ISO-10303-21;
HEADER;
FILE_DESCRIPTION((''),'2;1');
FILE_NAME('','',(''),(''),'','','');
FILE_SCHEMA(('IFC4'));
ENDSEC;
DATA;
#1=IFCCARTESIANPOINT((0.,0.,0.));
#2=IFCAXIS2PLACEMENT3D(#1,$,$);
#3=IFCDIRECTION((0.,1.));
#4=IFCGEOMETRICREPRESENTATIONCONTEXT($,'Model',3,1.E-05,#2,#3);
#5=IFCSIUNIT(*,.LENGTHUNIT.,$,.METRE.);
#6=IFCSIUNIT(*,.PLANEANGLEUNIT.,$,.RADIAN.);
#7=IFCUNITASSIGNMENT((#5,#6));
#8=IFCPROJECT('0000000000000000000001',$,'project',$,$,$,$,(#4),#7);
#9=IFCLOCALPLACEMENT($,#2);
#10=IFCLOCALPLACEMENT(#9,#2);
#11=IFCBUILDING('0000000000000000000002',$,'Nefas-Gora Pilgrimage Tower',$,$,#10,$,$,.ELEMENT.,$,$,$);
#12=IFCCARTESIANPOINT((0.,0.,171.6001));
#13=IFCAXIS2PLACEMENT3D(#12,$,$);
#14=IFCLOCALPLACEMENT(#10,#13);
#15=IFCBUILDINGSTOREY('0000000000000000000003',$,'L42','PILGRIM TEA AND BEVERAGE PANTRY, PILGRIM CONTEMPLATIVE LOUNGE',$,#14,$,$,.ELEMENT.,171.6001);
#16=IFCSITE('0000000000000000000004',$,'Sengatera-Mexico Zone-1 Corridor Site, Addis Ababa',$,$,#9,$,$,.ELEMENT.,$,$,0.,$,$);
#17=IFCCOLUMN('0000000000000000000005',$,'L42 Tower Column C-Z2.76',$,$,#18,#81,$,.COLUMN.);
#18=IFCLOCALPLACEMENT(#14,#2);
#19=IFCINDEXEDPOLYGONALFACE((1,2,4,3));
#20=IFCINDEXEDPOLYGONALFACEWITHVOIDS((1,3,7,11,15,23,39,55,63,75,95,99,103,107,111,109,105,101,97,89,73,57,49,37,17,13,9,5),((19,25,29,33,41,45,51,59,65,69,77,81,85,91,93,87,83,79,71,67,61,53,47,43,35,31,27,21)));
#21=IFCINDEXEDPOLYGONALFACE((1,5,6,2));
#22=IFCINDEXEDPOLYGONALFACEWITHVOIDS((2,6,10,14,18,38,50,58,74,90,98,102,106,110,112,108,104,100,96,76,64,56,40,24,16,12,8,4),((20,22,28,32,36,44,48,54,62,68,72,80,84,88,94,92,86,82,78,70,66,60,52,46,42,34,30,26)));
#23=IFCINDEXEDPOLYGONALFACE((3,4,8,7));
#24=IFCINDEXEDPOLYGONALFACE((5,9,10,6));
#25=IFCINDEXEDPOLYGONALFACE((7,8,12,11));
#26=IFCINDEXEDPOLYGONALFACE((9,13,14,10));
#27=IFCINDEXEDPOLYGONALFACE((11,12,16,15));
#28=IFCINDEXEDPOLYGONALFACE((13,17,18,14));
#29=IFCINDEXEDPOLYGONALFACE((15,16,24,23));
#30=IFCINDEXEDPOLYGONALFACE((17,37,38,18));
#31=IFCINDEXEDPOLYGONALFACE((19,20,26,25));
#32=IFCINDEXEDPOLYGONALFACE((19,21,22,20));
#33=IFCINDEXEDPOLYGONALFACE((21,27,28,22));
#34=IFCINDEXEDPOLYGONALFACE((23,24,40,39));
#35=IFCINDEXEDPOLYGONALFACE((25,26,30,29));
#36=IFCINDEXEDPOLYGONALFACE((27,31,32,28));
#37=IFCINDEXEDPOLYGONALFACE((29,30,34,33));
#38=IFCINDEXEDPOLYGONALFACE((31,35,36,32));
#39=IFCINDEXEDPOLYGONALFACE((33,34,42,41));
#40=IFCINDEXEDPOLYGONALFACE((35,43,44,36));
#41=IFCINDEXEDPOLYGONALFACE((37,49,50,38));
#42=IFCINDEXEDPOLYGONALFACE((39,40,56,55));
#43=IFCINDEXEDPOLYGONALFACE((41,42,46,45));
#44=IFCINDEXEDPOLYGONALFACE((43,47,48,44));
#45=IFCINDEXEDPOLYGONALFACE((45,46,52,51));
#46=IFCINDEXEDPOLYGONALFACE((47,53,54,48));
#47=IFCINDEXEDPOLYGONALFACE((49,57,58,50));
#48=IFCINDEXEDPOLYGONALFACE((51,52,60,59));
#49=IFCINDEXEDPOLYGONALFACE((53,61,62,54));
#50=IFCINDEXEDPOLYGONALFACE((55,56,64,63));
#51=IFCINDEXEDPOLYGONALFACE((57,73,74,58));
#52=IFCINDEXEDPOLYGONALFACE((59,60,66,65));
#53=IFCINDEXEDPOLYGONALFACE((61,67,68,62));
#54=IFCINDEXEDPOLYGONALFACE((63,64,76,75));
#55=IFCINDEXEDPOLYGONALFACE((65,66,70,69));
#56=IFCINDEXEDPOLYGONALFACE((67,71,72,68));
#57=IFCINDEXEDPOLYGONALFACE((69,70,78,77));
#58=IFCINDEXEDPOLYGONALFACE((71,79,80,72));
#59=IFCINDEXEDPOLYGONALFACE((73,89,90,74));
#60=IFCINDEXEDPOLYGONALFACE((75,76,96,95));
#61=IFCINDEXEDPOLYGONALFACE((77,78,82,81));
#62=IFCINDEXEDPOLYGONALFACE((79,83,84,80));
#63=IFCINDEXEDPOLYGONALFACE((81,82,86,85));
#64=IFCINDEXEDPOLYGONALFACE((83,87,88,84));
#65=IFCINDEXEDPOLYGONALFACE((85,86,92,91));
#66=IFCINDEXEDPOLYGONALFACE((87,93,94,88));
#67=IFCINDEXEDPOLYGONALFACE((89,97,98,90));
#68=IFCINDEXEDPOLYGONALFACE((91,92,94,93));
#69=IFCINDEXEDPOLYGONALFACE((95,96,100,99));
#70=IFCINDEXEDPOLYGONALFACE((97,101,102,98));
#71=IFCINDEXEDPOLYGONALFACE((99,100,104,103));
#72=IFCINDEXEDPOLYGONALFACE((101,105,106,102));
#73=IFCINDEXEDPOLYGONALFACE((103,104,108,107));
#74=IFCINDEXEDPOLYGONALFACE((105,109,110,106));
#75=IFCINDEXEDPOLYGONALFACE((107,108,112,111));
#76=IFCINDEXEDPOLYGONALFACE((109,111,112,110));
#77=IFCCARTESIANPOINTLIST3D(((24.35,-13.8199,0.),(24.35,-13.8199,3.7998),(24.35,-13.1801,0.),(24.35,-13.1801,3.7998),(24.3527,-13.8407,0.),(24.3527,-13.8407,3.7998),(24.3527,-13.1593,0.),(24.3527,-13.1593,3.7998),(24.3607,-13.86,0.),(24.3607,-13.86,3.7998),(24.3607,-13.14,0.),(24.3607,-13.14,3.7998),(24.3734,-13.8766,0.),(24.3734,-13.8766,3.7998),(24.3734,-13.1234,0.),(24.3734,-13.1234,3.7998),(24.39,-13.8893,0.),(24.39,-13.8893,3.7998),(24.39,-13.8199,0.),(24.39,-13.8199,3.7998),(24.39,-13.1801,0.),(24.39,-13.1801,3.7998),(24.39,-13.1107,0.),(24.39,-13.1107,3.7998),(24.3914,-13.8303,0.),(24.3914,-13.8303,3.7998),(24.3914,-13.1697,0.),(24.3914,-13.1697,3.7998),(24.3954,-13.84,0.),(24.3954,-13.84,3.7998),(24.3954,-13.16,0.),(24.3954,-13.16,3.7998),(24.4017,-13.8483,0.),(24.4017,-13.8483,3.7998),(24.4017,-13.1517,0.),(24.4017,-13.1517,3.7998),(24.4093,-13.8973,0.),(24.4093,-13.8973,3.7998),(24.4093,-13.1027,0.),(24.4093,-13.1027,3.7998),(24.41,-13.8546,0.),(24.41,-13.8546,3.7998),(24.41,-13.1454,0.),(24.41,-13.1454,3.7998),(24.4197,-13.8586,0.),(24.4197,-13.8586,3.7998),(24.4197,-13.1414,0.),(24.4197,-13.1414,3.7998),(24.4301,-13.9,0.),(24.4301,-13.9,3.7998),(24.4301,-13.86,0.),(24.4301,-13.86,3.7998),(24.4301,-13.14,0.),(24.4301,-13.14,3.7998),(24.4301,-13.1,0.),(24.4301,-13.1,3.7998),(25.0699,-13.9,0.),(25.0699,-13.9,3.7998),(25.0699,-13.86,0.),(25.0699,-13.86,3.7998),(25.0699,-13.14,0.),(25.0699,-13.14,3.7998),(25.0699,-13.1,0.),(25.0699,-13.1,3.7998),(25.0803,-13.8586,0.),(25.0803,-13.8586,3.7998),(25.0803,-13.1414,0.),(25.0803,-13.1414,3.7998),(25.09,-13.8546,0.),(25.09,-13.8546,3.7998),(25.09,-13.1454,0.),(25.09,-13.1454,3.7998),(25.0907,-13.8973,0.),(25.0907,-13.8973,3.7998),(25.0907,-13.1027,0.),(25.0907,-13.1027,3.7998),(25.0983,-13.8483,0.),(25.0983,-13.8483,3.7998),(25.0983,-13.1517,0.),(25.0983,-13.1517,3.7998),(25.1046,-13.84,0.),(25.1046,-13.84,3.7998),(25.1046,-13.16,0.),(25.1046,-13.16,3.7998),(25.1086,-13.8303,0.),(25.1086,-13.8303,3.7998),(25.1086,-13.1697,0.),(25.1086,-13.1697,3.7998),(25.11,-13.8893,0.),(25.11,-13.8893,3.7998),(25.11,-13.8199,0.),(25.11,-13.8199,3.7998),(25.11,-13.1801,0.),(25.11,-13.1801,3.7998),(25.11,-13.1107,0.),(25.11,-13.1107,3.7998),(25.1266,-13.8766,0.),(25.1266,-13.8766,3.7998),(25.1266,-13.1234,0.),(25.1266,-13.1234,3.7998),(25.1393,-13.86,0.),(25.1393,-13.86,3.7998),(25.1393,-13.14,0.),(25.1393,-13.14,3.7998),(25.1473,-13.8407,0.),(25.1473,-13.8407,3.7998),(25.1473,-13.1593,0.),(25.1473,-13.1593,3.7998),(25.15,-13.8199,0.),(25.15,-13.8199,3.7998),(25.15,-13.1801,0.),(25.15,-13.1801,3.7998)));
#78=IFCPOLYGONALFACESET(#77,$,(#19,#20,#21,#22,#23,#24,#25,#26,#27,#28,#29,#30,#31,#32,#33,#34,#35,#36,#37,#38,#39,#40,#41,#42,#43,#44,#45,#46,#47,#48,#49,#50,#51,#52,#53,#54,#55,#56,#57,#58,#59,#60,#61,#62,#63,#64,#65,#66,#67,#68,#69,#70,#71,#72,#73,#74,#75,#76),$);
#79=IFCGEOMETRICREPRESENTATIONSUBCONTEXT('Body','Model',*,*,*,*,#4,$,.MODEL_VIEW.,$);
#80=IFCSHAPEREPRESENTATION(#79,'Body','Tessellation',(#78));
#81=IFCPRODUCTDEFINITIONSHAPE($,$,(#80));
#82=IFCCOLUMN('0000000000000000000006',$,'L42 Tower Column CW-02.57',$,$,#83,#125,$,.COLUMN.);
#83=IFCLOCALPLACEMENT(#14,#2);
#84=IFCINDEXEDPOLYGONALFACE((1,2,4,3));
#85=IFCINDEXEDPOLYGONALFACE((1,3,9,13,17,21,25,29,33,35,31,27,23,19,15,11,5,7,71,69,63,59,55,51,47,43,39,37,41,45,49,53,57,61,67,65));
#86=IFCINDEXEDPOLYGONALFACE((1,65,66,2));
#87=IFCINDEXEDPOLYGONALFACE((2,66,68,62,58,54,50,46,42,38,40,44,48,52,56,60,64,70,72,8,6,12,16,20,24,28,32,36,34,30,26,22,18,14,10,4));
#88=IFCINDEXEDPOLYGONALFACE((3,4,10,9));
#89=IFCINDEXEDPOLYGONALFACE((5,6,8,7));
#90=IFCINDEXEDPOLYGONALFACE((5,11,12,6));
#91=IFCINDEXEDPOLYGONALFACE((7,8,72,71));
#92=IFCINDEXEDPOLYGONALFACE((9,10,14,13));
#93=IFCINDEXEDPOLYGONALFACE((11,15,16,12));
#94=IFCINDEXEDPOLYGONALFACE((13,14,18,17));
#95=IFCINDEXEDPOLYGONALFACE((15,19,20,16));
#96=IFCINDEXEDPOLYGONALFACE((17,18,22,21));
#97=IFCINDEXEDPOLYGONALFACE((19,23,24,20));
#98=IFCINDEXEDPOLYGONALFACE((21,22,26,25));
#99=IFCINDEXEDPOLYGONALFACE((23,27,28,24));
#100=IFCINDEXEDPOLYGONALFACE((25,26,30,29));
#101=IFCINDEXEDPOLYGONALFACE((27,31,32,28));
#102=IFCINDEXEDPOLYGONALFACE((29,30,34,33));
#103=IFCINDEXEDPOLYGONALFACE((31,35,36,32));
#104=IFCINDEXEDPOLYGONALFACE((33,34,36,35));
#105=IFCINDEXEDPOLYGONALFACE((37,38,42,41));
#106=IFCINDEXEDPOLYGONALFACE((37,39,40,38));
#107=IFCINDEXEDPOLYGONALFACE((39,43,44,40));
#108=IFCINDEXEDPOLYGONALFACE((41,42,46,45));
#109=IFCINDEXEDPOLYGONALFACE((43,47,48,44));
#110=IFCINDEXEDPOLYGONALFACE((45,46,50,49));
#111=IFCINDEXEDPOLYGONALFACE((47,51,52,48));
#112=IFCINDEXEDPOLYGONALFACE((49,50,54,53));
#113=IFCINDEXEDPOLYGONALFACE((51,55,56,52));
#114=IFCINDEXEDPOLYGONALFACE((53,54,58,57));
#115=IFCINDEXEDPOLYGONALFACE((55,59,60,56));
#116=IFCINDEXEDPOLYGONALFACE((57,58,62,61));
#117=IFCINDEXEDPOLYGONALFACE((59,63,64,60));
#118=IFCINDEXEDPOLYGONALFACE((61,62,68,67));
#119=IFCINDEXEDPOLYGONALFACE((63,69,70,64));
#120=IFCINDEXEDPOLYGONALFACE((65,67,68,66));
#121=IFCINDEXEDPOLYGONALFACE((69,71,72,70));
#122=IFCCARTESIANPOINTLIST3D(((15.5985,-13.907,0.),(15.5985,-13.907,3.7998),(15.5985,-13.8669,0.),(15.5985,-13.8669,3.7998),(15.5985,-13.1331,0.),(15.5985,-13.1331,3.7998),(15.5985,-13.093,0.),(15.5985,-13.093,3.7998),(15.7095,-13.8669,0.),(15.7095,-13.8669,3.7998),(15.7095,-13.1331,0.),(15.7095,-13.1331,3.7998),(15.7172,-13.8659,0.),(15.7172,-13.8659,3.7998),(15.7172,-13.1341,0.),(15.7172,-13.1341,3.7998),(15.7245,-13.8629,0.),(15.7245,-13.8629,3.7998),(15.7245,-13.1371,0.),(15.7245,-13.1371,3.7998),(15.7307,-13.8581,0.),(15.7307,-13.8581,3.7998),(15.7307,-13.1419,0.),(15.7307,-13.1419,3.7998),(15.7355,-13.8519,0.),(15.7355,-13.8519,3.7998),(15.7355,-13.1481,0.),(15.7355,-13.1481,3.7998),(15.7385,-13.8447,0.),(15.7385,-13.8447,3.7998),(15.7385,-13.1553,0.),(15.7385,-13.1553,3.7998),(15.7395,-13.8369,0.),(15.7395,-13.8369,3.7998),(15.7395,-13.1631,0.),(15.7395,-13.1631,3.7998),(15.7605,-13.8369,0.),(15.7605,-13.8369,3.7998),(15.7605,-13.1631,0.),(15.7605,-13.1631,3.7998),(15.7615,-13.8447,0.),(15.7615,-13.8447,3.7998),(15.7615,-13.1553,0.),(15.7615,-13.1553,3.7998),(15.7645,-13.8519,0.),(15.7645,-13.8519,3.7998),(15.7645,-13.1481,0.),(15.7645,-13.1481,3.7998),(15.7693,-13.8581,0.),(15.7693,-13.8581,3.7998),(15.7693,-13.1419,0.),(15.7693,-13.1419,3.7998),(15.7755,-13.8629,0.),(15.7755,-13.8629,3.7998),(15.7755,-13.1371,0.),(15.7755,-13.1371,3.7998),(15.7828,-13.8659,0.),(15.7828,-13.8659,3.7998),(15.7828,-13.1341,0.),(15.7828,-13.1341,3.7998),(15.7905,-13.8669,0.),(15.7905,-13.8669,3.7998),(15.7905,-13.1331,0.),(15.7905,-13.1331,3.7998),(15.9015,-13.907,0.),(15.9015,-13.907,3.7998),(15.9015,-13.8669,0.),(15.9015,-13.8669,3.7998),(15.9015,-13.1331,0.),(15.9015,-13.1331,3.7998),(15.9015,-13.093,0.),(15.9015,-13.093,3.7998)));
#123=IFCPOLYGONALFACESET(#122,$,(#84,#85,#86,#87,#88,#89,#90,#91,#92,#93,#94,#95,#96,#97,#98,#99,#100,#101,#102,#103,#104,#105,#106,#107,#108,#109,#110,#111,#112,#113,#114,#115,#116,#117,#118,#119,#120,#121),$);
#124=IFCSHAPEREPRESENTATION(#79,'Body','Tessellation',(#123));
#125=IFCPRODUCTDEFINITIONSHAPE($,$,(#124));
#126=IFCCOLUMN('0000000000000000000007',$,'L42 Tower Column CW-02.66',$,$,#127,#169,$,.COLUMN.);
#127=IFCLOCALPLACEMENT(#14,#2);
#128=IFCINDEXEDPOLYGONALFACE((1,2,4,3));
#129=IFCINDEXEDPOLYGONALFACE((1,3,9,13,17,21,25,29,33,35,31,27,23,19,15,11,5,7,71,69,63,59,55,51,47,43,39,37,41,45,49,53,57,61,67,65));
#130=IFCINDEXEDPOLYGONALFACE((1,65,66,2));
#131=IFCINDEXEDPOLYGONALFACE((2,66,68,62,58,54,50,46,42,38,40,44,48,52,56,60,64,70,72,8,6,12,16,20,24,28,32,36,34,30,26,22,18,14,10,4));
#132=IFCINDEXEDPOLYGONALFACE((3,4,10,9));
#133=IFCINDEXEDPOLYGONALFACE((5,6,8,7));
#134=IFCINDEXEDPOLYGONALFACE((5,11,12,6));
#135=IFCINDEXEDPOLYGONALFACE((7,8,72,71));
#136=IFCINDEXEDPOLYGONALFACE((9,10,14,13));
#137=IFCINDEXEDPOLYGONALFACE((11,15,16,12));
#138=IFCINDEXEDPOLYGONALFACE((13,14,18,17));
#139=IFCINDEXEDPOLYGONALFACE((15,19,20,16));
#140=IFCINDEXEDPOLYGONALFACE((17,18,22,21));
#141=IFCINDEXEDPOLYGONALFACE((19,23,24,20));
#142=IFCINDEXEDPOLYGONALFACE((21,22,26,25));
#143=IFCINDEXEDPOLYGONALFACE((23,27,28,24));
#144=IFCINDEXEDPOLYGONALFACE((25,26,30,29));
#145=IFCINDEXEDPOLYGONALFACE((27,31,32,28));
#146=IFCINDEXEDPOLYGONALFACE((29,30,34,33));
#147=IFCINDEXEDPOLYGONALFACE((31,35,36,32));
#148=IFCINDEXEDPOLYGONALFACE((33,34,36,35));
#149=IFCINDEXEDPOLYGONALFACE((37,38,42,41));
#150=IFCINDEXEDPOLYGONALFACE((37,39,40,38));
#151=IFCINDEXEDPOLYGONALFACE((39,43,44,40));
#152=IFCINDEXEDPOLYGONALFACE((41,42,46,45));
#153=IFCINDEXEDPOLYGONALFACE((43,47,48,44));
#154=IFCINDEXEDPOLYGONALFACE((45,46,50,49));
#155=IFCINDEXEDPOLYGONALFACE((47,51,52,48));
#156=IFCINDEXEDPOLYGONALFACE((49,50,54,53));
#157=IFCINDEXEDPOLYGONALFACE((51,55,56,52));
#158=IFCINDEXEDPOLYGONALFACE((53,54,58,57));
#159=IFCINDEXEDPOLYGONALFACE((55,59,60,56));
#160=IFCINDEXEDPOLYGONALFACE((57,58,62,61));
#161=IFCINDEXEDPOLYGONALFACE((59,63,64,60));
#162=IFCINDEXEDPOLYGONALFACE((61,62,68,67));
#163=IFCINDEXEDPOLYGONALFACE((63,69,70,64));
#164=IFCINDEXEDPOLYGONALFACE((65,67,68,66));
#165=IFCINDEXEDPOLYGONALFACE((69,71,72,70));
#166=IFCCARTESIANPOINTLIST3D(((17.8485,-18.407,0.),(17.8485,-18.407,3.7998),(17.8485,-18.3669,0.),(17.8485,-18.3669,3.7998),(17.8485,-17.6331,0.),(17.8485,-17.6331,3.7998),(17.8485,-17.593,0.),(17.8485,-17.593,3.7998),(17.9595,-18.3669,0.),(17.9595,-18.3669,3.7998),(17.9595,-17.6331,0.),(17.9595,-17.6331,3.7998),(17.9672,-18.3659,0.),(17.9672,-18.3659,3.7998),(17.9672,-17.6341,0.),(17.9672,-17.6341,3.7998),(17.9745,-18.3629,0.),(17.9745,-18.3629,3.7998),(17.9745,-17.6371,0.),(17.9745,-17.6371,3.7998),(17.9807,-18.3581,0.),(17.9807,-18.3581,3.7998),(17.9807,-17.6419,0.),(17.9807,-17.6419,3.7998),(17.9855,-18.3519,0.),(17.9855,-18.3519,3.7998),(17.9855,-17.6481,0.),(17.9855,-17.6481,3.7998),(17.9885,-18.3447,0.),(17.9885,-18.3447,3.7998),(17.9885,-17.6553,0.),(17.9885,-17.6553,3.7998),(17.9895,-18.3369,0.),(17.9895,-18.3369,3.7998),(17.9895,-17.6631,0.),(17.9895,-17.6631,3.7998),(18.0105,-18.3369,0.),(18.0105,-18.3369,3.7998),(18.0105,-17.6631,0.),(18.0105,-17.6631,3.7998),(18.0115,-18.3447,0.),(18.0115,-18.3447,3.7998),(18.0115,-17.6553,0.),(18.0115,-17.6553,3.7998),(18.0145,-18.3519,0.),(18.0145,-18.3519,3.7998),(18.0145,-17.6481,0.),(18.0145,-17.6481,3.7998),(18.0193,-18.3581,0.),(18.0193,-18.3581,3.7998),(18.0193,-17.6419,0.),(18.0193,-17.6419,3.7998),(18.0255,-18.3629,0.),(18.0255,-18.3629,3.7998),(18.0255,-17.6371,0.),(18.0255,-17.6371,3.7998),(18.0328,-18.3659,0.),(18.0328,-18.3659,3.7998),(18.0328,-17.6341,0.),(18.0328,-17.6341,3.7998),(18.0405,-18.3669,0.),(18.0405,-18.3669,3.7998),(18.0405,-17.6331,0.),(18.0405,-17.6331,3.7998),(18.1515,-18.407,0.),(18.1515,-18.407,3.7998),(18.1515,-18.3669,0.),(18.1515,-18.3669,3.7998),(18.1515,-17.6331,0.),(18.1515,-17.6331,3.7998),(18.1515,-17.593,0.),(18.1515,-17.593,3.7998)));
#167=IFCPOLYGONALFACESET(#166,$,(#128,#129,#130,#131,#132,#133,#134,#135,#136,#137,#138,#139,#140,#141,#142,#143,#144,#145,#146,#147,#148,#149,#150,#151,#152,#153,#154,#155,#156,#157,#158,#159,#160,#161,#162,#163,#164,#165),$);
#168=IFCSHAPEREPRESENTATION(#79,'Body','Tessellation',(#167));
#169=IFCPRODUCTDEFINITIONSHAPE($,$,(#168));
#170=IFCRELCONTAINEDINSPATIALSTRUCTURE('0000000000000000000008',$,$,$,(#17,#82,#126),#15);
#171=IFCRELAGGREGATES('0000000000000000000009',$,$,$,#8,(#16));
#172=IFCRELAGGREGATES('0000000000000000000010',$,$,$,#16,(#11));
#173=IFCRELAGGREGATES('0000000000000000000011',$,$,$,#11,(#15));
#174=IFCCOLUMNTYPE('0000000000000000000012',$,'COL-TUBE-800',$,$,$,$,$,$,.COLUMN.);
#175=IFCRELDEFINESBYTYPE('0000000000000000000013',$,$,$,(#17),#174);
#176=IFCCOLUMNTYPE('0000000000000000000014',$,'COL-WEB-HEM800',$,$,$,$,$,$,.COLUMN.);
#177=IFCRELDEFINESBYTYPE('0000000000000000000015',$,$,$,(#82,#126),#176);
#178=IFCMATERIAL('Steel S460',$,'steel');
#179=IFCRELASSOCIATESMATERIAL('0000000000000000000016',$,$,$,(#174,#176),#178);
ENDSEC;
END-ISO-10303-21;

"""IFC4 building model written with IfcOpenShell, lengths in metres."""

from ifc_helpers import new_model, si_unit, direction, frame, origin, origin_2d, place, context, subcontext, project, spatial, hollow_rectangle, i_section, extrude, source, transform, mapped, material, material_profile, profile_set, type_object, element, save


model = new_model("IFC4")

# Units and contexts
model_context = context("Model", 3, precision=1e-05, world=origin(), true_north=direction((0.0, 1.0)))
body_context = subcontext(model_context, "Body", "Model", "MODEL_VIEW")
ifc_project = project(units=[si_unit("LENGTHUNIT", "METRE"), si_unit("PLANEANGLEUNIT", "RADIAN")], contexts=[model_context])

# Site, building, storey
site_placement = place(None, origin())
site = spatial("IfcSite", under=ifc_project, at=site_placement, Name="Sengatera-Mexico Zone-1 Corridor Site, Addis Ababa", CompositionType="ELEMENT", RefElevation=0.0)
building_placement = place(site_placement, origin())
building = spatial("IfcBuilding", under=site, at=building_placement, Name="Nefas-Gora Pilgrimage Tower", CompositionType="ELEMENT")
storey_placement = place(building_placement, frame((0.0, 0.0, 171.6001)))
storey = spatial("IfcBuildingStorey", under=building, at=storey_placement, Name="L42", Description="PILGRIM TEA AND BEVERAGE PANTRY, PILGRIM CONTEMPLATIVE LOUNGE", CompositionType="ELEMENT", Elevation=171.6001)

# Columns
ifc_material_1 = material(Name="Steel S460", Category="steel")
ifc_material_profile_1 = material_profile(ifc_material_1, hollow_rectangle(XDim=0.8, YDim=0.8, WallThickness=0.04, InnerFilletRadius=0.04, OuterFilletRadius=0.0801, at=origin_2d()), Name="BOX 800x800x40")
ifc_profile_set_1 = profile_set([ifc_material_profile_1], Name="Steel S460")
column_type_1 = type_object("IfcColumnType", Name="COL-TUBE-800", PredefinedType="COLUMN", material=ifc_profile_set_1)
shared_shape_1 = source(origin(), body_context, "Body", "SweptSolid", [
    extrude(hollow_rectangle(XDim=0.8, YDim=0.8, WallThickness=0.04, InnerFilletRadius=0.04, OuterFilletRadius=0.0801, at=origin_2d()), origin(), (0.0, 0.0, 1.0), 3.7998),
])
for number, where, z_axis, x_axis, name in (
    (1, (24.75, -13.5, 0.0), (0.0, 0.0, 1.0), (1.0, 0.0, 0.0), "L42 Tower Column C-Z2.76"),
):
    element("IfcColumn", number, at=place(storey_placement, frame(where, z_axis=z_axis, x_axis=x_axis)), inside=storey, type_object=column_type_1, Name=name, PredefinedType="COLUMN", context=body_context, shape_type="MappedRepresentation", body=[
        mapped(shared_shape_1, transform((0.0, 0.0, 0.0), x_axis=(1.0, 0.0, 0.0), y_axis=(0.0, 1.0, 0.0), z_axis=(0.0, 0.0, 1.0), scale=1.0)),
    ])
ifc_material_profile_2 = material_profile(ifc_material_1, i_section(OverallWidth=0.303, OverallDepth=0.814, WebThickness=0.021, FlangeThickness=0.04, FilletRadius=0.03, at=origin_2d()), Name="HEM 800")
ifc_profile_set_2 = profile_set([ifc_material_profile_2], Name="Steel S460")
column_type_2 = type_object("IfcColumnType", Name="COL-WEB-HEM800", PredefinedType="COLUMN", material=ifc_profile_set_2)
shared_shape_2 = source(origin(), body_context, "Body", "SweptSolid", [
    extrude(i_section(OverallWidth=0.303, OverallDepth=0.814, WebThickness=0.021, FlangeThickness=0.04, FilletRadius=0.03, at=origin_2d()), origin(), (0.0, 0.0, 1.0), 3.7998),
])
for number, where, z_axis, x_axis, name in (
    (2, (15.75, -13.5, 0.0), (0.0, 0.0, 1.0), (1.0, 0.0, 0.0), "L42 Tower Column CW-02.57"),
    (3, (18.0, -18.0, 0.0), (0.0, 0.0, 1.0), (1.0, 0.0, 0.0), "L42 Tower Column CW-02.66"),
):
    element("IfcColumn", number, at=place(storey_placement, frame(where, z_axis=z_axis, x_axis=x_axis)), inside=storey, type_object=column_type_2, Name=name, PredefinedType="COLUMN", context=body_context, shape_type="MappedRepresentation", body=[
        mapped(shared_shape_2, transform((0.0, 0.0, 0.0), x_axis=(1.0, 0.0, 0.0), y_axis=(0.0, 1.0, 0.0), z_axis=(0.0, 0.0, 1.0), scale=1.0)),
    ])

save(model, "model.ifc")
